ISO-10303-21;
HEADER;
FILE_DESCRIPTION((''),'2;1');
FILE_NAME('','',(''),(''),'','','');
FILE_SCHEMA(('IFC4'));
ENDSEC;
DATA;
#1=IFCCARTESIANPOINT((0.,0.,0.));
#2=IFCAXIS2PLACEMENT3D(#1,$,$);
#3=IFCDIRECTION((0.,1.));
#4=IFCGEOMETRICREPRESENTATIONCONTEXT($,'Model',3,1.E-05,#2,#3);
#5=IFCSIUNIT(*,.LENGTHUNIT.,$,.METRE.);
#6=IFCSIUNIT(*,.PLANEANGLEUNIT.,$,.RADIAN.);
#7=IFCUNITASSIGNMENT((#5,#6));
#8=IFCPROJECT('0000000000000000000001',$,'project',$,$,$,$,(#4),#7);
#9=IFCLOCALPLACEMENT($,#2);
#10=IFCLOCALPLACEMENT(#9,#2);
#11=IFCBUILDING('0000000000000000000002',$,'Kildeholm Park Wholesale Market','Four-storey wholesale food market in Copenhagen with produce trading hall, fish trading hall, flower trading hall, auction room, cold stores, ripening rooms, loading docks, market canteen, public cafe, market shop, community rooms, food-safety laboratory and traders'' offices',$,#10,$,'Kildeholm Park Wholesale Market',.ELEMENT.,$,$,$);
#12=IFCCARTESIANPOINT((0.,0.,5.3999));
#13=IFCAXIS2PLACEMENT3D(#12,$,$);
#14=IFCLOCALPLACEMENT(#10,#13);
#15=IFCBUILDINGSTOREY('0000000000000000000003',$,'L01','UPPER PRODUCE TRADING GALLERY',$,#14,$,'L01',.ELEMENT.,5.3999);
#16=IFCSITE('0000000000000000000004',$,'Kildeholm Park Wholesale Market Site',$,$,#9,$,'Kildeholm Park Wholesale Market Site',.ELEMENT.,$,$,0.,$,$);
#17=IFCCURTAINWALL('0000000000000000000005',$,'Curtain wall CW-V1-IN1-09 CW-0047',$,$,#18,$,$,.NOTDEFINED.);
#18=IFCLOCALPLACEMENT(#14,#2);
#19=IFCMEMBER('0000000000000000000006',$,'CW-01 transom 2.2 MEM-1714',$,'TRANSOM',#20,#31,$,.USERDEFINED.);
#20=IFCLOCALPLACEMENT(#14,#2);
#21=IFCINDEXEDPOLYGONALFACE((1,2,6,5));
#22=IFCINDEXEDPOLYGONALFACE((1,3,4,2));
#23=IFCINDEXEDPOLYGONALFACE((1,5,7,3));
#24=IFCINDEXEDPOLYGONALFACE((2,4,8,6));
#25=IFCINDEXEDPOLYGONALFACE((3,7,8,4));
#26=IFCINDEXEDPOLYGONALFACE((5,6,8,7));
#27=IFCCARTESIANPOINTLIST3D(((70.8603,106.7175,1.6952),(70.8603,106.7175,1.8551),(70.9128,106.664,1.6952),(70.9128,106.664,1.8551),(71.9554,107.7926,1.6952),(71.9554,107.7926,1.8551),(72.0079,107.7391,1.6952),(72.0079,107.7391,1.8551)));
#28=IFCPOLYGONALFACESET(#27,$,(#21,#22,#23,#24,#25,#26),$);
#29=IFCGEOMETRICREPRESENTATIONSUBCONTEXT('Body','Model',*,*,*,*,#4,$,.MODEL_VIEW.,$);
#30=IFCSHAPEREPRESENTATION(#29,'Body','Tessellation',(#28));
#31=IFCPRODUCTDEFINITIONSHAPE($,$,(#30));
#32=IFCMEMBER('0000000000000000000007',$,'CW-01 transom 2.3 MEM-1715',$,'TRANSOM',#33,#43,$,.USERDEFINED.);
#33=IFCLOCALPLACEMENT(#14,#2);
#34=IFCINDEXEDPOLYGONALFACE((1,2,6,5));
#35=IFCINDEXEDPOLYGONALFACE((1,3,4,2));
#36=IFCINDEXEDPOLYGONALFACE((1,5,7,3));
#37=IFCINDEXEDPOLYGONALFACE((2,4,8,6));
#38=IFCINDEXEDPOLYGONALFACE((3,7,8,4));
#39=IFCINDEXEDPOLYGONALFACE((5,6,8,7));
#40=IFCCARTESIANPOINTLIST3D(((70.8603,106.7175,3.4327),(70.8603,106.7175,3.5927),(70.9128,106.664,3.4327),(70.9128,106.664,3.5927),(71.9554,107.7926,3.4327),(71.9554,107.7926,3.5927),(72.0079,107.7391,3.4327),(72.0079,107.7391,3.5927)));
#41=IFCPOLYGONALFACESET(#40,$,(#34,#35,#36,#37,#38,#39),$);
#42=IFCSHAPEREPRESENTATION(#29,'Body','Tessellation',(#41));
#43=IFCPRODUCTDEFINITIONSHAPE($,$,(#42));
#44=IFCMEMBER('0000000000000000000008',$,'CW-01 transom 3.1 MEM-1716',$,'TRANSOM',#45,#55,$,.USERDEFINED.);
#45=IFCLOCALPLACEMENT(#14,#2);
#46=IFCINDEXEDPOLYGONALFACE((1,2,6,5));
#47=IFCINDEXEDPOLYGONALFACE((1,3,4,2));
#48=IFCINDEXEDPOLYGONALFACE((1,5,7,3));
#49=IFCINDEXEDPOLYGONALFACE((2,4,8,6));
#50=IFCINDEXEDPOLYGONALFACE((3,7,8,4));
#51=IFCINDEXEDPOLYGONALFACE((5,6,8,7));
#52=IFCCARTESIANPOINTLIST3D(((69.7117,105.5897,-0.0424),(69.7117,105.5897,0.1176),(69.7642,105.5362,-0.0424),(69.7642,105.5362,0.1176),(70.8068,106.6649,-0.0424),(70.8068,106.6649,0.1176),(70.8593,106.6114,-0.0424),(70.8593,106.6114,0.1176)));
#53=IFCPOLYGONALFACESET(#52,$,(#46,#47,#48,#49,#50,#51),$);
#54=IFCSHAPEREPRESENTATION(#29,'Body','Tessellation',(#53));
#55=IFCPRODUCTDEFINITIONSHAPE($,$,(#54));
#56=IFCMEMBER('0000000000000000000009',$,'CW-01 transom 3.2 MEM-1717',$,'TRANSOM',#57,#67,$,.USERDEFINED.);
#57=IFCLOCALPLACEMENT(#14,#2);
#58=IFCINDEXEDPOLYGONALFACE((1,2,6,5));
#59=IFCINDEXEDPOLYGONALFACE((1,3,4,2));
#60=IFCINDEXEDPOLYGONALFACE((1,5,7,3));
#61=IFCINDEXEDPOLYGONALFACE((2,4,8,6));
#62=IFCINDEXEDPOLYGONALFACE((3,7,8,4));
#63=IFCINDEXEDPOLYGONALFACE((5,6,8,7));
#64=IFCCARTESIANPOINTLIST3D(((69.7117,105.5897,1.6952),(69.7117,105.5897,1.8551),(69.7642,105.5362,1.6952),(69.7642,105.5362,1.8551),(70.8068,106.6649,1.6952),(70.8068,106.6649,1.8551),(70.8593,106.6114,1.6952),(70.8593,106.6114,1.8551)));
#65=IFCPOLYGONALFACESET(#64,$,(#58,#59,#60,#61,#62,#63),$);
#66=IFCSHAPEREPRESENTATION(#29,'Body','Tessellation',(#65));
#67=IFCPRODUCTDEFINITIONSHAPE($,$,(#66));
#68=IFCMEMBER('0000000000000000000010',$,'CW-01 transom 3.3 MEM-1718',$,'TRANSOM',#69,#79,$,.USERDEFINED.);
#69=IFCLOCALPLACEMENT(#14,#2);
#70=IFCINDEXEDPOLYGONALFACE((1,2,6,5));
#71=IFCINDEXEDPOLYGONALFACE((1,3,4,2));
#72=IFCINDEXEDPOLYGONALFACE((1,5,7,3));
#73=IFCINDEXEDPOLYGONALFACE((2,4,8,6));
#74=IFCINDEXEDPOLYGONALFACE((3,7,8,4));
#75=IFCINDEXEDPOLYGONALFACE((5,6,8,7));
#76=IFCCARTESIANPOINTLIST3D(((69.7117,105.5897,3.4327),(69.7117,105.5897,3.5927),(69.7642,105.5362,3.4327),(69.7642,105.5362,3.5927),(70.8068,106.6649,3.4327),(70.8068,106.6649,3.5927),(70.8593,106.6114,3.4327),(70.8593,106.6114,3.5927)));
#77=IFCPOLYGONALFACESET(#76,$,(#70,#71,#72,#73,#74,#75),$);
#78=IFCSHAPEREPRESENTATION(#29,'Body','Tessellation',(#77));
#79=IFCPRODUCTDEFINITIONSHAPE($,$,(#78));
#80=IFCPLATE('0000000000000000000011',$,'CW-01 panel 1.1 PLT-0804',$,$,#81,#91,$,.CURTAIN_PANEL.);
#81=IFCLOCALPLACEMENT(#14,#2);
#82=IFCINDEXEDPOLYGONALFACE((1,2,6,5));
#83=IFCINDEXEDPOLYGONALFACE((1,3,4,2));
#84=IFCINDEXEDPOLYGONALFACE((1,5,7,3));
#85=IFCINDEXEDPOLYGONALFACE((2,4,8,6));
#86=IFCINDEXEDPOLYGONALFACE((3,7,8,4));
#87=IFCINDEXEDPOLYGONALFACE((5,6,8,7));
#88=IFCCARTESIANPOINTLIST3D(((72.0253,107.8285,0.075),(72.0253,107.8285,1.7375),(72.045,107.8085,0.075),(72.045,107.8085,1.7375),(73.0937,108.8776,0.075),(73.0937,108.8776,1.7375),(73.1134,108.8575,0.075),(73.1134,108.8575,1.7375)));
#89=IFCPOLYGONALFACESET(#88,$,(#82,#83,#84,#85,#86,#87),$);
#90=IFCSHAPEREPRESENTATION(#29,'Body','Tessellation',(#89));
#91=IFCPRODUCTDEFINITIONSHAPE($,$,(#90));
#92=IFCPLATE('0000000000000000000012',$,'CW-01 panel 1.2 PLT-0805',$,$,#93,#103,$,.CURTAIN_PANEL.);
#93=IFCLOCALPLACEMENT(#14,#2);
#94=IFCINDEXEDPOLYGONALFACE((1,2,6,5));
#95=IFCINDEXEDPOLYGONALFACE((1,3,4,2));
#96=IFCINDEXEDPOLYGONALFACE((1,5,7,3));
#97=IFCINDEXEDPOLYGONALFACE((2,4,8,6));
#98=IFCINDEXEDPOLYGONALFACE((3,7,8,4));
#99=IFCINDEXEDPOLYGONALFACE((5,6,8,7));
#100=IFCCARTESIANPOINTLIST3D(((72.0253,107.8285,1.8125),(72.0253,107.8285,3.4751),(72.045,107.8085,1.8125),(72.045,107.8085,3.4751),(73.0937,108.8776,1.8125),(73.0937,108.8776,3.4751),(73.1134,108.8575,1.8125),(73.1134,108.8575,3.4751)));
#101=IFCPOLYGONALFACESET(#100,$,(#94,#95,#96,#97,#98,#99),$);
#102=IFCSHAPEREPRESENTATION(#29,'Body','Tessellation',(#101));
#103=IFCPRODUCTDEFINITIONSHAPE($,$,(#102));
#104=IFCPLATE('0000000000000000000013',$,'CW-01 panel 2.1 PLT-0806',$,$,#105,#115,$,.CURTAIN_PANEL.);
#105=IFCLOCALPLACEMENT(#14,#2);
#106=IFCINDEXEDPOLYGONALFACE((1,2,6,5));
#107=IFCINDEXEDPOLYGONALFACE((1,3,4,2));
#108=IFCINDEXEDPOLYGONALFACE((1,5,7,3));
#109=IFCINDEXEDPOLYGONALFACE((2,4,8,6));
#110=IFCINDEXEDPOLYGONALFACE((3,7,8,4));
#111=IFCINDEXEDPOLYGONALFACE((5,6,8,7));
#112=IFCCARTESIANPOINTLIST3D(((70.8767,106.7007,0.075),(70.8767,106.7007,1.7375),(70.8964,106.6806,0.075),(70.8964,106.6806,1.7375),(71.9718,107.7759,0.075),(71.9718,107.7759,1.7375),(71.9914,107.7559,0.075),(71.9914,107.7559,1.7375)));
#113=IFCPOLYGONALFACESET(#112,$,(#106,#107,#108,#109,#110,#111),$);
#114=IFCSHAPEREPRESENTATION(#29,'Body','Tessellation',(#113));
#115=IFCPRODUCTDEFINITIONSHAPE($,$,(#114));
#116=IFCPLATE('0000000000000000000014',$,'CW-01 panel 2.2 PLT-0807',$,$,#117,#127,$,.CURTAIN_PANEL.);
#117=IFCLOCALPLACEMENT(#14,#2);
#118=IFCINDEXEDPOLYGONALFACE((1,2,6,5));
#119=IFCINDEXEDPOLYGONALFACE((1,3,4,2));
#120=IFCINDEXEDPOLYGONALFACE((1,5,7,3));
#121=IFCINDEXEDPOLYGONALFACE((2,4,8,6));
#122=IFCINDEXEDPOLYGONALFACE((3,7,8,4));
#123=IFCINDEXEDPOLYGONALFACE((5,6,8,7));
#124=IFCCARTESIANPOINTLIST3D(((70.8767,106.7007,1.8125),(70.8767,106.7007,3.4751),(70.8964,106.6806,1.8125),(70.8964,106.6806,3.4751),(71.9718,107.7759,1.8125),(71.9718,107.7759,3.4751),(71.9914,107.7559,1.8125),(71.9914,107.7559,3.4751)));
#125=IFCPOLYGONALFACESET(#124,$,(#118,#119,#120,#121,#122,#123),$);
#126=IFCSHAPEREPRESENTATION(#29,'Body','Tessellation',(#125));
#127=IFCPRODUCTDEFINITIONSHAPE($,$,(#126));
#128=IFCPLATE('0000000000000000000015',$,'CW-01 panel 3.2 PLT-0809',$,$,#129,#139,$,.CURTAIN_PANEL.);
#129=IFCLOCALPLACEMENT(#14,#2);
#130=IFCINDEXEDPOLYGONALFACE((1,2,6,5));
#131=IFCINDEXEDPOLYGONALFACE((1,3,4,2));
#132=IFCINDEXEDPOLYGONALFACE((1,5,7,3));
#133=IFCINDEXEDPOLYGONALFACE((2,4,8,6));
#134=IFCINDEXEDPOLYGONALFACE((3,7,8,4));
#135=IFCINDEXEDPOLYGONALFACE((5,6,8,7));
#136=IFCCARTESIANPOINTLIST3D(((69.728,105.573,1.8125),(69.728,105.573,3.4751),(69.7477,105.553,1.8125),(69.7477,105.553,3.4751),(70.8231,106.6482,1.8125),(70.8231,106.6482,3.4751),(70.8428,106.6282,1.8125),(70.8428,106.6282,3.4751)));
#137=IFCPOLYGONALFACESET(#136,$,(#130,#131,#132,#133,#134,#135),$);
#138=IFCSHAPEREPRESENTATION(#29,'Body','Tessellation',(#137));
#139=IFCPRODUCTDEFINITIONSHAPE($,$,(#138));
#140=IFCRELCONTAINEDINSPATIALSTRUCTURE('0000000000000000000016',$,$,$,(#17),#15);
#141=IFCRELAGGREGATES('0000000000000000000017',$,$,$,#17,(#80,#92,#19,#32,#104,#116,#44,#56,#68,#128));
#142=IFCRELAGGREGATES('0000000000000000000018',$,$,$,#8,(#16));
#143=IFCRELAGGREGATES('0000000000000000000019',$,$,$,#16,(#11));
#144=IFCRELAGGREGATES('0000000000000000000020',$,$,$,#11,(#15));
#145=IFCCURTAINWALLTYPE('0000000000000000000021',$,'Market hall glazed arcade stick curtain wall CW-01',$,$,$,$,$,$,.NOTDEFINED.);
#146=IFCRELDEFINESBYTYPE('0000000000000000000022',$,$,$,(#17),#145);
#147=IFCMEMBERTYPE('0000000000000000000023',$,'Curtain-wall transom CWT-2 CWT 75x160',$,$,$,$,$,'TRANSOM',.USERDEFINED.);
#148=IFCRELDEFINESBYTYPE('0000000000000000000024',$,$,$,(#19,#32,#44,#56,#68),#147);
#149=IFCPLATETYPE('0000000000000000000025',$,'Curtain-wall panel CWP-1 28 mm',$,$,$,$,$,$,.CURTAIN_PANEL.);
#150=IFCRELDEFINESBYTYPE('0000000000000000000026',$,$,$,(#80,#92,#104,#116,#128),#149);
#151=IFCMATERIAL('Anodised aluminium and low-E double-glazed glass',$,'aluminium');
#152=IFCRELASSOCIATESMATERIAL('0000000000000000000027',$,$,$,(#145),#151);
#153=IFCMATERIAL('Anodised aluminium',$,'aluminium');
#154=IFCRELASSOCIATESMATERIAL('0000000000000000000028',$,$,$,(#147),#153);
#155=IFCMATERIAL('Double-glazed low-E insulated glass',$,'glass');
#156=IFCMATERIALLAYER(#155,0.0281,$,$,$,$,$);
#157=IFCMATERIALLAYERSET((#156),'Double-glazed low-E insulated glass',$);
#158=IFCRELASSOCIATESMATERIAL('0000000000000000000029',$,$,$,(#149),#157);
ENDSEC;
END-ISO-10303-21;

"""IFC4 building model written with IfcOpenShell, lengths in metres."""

from ifc_helpers import new_model, si_unit, direction, frame, origin, origin_2d, place, context, subcontext, project, spatial, rectangle, extrude, material, layer, layer_set, material_profile, profile_set, type_object, element, aggregate, save


model = new_model("IFC4")

# Units and contexts
model_context = context("Model", 3, precision=1e-05, world=origin(), true_north=direction((0.0, 1.0)))
body_context = subcontext(model_context, "Body", "Model", "MODEL_VIEW")
ifc_project = project(units=[si_unit("LENGTHUNIT", "METRE"), si_unit("PLANEANGLEUNIT", "RADIAN")], contexts=[model_context])

# Site, building, storey
site_placement = place(None, origin())
site = spatial("IfcSite", under=ifc_project, at=site_placement, Name="Kildeholm Park Wholesale Market Site", LongName="Kildeholm Park Wholesale Market Site", CompositionType="ELEMENT", RefElevation=0.0)
building_placement = place(site_placement, origin())
building = spatial("IfcBuilding", under=site, at=building_placement, Name="Kildeholm Park Wholesale Market", Description="Four-storey wholesale food market in Copenhagen with produce trading hall, fish trading hall, flower trading hall, auction room, cold stores, ripening rooms, loading docks, market canteen, public cafe, market shop, community rooms, food-safety laboratory and traders' offices", LongName="Kildeholm Park Wholesale Market", CompositionType="ELEMENT")
storey_placement = place(building_placement, frame((0.0, 0.0, 5.3999)))
storey = spatial("IfcBuildingStorey", under=building, at=storey_placement, Name="L01", Description="UPPER PRODUCE TRADING GALLERY", LongName="L01", CompositionType="ELEMENT", Elevation=5.3999)

# Curtain wall, members, plates
ifc_material_1 = material(Name="Anodised aluminium and low-E double-glazed glass", Category="aluminium")
curtain_wall_type = type_object("IfcCurtainWallType", Name="Market hall glazed arcade stick curtain wall CW-01", PredefinedType="NOTDEFINED", material=ifc_material_1)
curtain_wall_placement = place(storey_placement, origin())
curtain_wall = element("IfcCurtainWall", 1, at=curtain_wall_placement, inside=storey, type_object=curtain_wall_type, Name="Curtain wall CW-V1-IN1-09 CW-0047", PredefinedType="NOTDEFINED")
ifc_material_2 = material(Name="Anodised aluminium", Category="aluminium")
ifc_material_profile_1 = material_profile(ifc_material_2, rectangle(XDim=0.075, YDim=0.1599, at=origin_2d()), Name="CWT 75x160")
ifc_profile_set_1 = profile_set([ifc_material_profile_1], Name="Anodised aluminium")
member_type_1 = type_object("IfcMemberType", Name="Curtain-wall transom CWT-2 CWT 75x160", ElementType="TRANSOM", PredefinedType="USERDEFINED", material=ifc_profile_set_1)
member_1_placement = place(storey_placement, frame((71.9817, 107.7659, 1.7751), z_axis=(-0.713599, -0.700555, 0.0), x_axis=(0.700555, -0.713599, 0.0)))
member_1 = element("IfcMember", 2, at=member_1_placement, type_object=member_type_1, Name="CW-01 transom 2.2 MEM-1714", ObjectType="TRANSOM", PredefinedType="USERDEFINED", context=body_context, shape_type="SweptSolid", body=[
    extrude(rectangle(XDim=0.075, YDim=0.1599, at=origin_2d()), origin(), (0.0, 0.0, 1.0), 1.5347),
])
member_2_placement = place(storey_placement, frame((71.9817, 107.7659, 3.5127), z_axis=(-0.713599, -0.700555, 0.0), x_axis=(0.700555, -0.713599, 0.0)))
member_2 = element("IfcMember", 3, at=member_2_placement, type_object=member_type_1, Name="CW-01 transom 2.3 MEM-1715", ObjectType="TRANSOM", PredefinedType="USERDEFINED", context=body_context, shape_type="SweptSolid", body=[
    extrude(rectangle(XDim=0.075, YDim=0.1599, at=origin_2d()), origin(), (0.0, 0.0, 1.0), 1.5347),
])
member_3_placement = place(storey_placement, frame((70.833, 106.6382, 0.0376), z_axis=(-0.713521, -0.700634, 0.0), x_axis=(0.700634, -0.713521, 0.0)))
member_3 = element("IfcMember", 4, at=member_3_placement, type_object=member_type_1, Name="CW-01 transom 3.1 MEM-1716", ObjectType="TRANSOM", PredefinedType="USERDEFINED", context=body_context, shape_type="SweptSolid", body=[
    extrude(rectangle(XDim=0.075, YDim=0.1599, at=origin_2d()), origin(), (0.0, 0.0, 1.0), 1.5347),
])
member_4_placement = place(storey_placement, frame((70.833, 106.6382, 1.7751), z_axis=(-0.713521, -0.700634, 0.0), x_axis=(0.700634, -0.713521, 0.0)))
member_4 = element("IfcMember", 5, at=member_4_placement, type_object=member_type_1, Name="CW-01 transom 3.2 MEM-1717", ObjectType="TRANSOM", PredefinedType="USERDEFINED", context=body_context, shape_type="SweptSolid", body=[
    extrude(rectangle(XDim=0.075, YDim=0.1599, at=origin_2d()), origin(), (0.0, 0.0, 1.0), 1.5347),
])
member_5_placement = place(storey_placement, frame((70.833, 106.6382, 3.5127), z_axis=(-0.713521, -0.700634, 0.0), x_axis=(0.700634, -0.713521, 0.0)))
member_5 = element("IfcMember", 6, at=member_5_placement, type_object=member_type_1, Name="CW-01 transom 3.3 MEM-1718", ObjectType="TRANSOM", PredefinedType="USERDEFINED", context=body_context, shape_type="SweptSolid", body=[
    extrude(rectangle(XDim=0.075, YDim=0.1599, at=origin_2d()), origin(), (0.0, 0.0, 1.0), 1.5347),
])
ifc_material_3 = material(Name="Double-glazed low-E insulated glass", Category="glass")
ifc_layer = layer(ifc_material_3, 0.0281)
ifc_layer_set = layer_set([ifc_layer], Name="Double-glazed low-E insulated glass")
plate_type = type_object("IfcPlateType", Name="Curtain-wall panel CWP-1 28 mm", PredefinedType="CURTAIN_PANEL", material=ifc_layer_set)
plate_1_placement = place(storey_placement, frame((72.5693, 108.343, 0.075), z_axis=(0.0, 0.0, 1.0), x_axis=(-0.713538, -0.700617, 0.0)))
plate_1 = element("IfcPlate", 7, at=plate_1_placement, type_object=plate_type, Name="CW-01 panel 1.1 PLT-0804", PredefinedType="CURTAIN_PANEL", context=body_context, shape_type="SweptSolid", body=[
    extrude(rectangle(XDim=1.4973, YDim=0.0281, at=origin_2d()), origin(), (0.0, 0.0, 1.0), 1.6626),
])
plate_2_placement = place(storey_placement, frame((72.5693, 108.343, 1.8125), z_axis=(0.0, 0.0, 1.0), x_axis=(-0.713538, -0.700617, 0.0)))
plate_2 = element("IfcPlate", 8, at=plate_2_placement, type_object=plate_type, Name="CW-01 panel 1.2 PLT-0805", PredefinedType="CURTAIN_PANEL", context=body_context, shape_type="SweptSolid", body=[
    extrude(rectangle(XDim=1.4973, YDim=0.0281, at=origin_2d()), origin(), (0.0, 0.0, 1.0), 1.6626),
])
plate_3_placement = place(storey_placement, frame((71.4341, 107.2283, 0.075), z_axis=(0.0, 0.0, 1.0), x_axis=(-0.713538, -0.700617, 0.0)))
plate_3 = element("IfcPlate", 9, at=plate_3_placement, type_object=plate_type, Name="CW-01 panel 2.1 PLT-0806", PredefinedType="CURTAIN_PANEL", context=body_context, shape_type="SweptSolid", body=[
    extrude(rectangle(XDim=1.5347, YDim=0.0281, at=origin_2d()), origin(), (0.0, 0.0, 1.0), 1.6626),
])
plate_4_placement = place(storey_placement, frame((71.4341, 107.2283, 1.8125), z_axis=(0.0, 0.0, 1.0), x_axis=(-0.713538, -0.700617, 0.0)))
plate_4 = element("IfcPlate", 10, at=plate_4_placement, type_object=plate_type, Name="CW-01 panel 2.2 PLT-0807", PredefinedType="CURTAIN_PANEL", context=body_context, shape_type="SweptSolid", body=[
    extrude(rectangle(XDim=1.5347, YDim=0.0281, at=origin_2d()), origin(), (0.0, 0.0, 1.0), 1.6626),
])
plate_5_placement = place(storey_placement, frame((70.2854, 106.1006, 1.8125), z_axis=(0.0, 0.0, 1.0), x_axis=(-0.713538, -0.700617, 0.0)))
plate_5 = element("IfcPlate", 11, at=plate_5_placement, type_object=plate_type, Name="CW-01 panel 3.2 PLT-0809", PredefinedType="CURTAIN_PANEL", context=body_context, shape_type="SweptSolid", body=[
    extrude(rectangle(XDim=1.5347, YDim=0.0281, at=origin_2d()), origin(), (0.0, 0.0, 1.0), 1.6626),
])
aggregate(curtain_wall, [plate_1, plate_2, member_1, member_2, plate_3, plate_4, member_3, member_4, member_5, plate_5])

save(model, "model.ifc")
